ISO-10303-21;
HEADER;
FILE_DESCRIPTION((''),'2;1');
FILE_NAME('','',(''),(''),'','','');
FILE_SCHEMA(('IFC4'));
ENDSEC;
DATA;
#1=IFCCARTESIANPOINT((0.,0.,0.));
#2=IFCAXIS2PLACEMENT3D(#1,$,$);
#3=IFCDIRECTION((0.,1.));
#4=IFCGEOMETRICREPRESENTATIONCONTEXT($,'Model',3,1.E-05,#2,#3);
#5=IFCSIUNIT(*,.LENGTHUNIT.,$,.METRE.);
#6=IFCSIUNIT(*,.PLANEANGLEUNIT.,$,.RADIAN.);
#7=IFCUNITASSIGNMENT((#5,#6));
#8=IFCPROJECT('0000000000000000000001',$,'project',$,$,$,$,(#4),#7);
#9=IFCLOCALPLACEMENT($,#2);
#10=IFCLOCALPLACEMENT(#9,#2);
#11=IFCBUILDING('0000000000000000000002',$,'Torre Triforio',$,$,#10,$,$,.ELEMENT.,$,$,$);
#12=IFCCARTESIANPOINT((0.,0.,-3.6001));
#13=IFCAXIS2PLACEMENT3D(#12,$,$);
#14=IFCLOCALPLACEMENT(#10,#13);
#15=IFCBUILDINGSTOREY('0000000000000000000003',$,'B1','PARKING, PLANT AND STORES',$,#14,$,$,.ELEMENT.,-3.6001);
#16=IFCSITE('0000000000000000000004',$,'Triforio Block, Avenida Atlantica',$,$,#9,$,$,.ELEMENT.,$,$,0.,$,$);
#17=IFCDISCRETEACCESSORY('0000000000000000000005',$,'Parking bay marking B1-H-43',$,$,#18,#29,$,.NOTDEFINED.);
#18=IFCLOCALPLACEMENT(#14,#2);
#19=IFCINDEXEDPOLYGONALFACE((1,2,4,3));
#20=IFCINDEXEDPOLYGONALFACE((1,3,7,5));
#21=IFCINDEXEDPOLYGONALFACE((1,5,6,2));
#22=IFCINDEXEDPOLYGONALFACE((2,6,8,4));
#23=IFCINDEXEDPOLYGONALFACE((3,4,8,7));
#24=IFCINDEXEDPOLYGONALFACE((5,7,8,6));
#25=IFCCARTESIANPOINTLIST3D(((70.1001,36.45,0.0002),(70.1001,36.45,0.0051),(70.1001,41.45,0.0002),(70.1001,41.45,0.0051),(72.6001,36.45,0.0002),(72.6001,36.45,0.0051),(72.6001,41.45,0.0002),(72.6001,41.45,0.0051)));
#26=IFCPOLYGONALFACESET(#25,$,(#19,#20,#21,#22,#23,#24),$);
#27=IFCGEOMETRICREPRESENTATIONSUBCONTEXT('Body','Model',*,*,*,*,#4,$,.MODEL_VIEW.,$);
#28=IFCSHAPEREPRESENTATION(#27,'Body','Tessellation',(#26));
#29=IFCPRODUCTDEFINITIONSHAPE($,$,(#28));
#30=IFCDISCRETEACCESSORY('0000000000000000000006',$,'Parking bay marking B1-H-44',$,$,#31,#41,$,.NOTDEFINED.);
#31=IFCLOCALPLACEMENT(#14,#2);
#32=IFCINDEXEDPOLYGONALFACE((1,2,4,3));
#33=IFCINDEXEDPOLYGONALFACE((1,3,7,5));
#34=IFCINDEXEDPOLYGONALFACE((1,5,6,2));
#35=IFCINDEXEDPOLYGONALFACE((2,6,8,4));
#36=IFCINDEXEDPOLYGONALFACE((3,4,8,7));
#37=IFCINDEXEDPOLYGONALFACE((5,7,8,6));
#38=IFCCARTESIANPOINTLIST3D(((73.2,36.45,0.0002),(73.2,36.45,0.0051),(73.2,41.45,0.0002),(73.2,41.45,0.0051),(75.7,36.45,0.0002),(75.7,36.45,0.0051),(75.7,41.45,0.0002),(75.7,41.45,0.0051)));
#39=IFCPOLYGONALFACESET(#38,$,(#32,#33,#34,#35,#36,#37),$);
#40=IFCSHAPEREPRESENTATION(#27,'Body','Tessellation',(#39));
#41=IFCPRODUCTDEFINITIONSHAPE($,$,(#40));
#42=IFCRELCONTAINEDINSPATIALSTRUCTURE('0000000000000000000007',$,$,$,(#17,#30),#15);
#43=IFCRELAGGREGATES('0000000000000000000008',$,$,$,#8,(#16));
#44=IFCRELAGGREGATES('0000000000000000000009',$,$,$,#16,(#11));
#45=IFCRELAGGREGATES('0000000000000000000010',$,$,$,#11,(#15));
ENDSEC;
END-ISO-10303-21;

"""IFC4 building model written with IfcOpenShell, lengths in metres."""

from ifc_helpers import new_model, si_unit, direction, frame, origin, origin_2d, place, context, subcontext, project, spatial, rectangle, extrude, element, save


model = new_model("IFC4")

# Units and contexts
model_context = context("Model", 3, precision=1e-05, world=origin(), true_north=direction((0.0, 1.0)))
body_context = subcontext(model_context, "Body", "Model", "MODEL_VIEW")
ifc_project = project(units=[si_unit("LENGTHUNIT", "METRE"), si_unit("PLANEANGLEUNIT", "RADIAN")], contexts=[model_context])

# Site, building, storey
site_placement = place(None, origin())
site = spatial("IfcSite", under=ifc_project, at=site_placement, Name="Triforio Block, Avenida Atlantica", CompositionType="ELEMENT", RefElevation=0.0)
building_placement = place(site_placement, origin())
building = spatial("IfcBuilding", under=site, at=building_placement, Name="Torre Triforio", CompositionType="ELEMENT")
storey_placement = place(building_placement, frame((0.0, 0.0, -3.6001)))
storey = spatial("IfcBuildingStorey", under=building, at=storey_placement, Name="B1", Description="PARKING, PLANT AND STORES", CompositionType="ELEMENT", Elevation=-3.6001)

# Discrete accessories
for number, where, z_axis, x_axis, name in (
    (1, (71.3501, 38.95, 0.0002), (0.0, 0.0, 1.0), (1.0, 0.0, 0.0), "Parking bay marking B1-H-43"),
    (2, (74.45, 38.95, 0.0002), (0.0, 0.0, 1.0), (1.0, 0.0, 0.0), "Parking bay marking B1-H-44"),
):
    element("IfcDiscreteAccessory", number, at=place(storey_placement, frame(where, z_axis=z_axis, x_axis=x_axis)), inside=storey, Name=name, PredefinedType="NOTDEFINED", context=body_context, shape_type="SweptSolid", body=[
        extrude(rectangle(XDim=2.5, YDim=5.0, at=origin_2d()), origin(), (0.0, 0.0, 1.0), 0.0049),
    ])

save(model, "model.ifc")
